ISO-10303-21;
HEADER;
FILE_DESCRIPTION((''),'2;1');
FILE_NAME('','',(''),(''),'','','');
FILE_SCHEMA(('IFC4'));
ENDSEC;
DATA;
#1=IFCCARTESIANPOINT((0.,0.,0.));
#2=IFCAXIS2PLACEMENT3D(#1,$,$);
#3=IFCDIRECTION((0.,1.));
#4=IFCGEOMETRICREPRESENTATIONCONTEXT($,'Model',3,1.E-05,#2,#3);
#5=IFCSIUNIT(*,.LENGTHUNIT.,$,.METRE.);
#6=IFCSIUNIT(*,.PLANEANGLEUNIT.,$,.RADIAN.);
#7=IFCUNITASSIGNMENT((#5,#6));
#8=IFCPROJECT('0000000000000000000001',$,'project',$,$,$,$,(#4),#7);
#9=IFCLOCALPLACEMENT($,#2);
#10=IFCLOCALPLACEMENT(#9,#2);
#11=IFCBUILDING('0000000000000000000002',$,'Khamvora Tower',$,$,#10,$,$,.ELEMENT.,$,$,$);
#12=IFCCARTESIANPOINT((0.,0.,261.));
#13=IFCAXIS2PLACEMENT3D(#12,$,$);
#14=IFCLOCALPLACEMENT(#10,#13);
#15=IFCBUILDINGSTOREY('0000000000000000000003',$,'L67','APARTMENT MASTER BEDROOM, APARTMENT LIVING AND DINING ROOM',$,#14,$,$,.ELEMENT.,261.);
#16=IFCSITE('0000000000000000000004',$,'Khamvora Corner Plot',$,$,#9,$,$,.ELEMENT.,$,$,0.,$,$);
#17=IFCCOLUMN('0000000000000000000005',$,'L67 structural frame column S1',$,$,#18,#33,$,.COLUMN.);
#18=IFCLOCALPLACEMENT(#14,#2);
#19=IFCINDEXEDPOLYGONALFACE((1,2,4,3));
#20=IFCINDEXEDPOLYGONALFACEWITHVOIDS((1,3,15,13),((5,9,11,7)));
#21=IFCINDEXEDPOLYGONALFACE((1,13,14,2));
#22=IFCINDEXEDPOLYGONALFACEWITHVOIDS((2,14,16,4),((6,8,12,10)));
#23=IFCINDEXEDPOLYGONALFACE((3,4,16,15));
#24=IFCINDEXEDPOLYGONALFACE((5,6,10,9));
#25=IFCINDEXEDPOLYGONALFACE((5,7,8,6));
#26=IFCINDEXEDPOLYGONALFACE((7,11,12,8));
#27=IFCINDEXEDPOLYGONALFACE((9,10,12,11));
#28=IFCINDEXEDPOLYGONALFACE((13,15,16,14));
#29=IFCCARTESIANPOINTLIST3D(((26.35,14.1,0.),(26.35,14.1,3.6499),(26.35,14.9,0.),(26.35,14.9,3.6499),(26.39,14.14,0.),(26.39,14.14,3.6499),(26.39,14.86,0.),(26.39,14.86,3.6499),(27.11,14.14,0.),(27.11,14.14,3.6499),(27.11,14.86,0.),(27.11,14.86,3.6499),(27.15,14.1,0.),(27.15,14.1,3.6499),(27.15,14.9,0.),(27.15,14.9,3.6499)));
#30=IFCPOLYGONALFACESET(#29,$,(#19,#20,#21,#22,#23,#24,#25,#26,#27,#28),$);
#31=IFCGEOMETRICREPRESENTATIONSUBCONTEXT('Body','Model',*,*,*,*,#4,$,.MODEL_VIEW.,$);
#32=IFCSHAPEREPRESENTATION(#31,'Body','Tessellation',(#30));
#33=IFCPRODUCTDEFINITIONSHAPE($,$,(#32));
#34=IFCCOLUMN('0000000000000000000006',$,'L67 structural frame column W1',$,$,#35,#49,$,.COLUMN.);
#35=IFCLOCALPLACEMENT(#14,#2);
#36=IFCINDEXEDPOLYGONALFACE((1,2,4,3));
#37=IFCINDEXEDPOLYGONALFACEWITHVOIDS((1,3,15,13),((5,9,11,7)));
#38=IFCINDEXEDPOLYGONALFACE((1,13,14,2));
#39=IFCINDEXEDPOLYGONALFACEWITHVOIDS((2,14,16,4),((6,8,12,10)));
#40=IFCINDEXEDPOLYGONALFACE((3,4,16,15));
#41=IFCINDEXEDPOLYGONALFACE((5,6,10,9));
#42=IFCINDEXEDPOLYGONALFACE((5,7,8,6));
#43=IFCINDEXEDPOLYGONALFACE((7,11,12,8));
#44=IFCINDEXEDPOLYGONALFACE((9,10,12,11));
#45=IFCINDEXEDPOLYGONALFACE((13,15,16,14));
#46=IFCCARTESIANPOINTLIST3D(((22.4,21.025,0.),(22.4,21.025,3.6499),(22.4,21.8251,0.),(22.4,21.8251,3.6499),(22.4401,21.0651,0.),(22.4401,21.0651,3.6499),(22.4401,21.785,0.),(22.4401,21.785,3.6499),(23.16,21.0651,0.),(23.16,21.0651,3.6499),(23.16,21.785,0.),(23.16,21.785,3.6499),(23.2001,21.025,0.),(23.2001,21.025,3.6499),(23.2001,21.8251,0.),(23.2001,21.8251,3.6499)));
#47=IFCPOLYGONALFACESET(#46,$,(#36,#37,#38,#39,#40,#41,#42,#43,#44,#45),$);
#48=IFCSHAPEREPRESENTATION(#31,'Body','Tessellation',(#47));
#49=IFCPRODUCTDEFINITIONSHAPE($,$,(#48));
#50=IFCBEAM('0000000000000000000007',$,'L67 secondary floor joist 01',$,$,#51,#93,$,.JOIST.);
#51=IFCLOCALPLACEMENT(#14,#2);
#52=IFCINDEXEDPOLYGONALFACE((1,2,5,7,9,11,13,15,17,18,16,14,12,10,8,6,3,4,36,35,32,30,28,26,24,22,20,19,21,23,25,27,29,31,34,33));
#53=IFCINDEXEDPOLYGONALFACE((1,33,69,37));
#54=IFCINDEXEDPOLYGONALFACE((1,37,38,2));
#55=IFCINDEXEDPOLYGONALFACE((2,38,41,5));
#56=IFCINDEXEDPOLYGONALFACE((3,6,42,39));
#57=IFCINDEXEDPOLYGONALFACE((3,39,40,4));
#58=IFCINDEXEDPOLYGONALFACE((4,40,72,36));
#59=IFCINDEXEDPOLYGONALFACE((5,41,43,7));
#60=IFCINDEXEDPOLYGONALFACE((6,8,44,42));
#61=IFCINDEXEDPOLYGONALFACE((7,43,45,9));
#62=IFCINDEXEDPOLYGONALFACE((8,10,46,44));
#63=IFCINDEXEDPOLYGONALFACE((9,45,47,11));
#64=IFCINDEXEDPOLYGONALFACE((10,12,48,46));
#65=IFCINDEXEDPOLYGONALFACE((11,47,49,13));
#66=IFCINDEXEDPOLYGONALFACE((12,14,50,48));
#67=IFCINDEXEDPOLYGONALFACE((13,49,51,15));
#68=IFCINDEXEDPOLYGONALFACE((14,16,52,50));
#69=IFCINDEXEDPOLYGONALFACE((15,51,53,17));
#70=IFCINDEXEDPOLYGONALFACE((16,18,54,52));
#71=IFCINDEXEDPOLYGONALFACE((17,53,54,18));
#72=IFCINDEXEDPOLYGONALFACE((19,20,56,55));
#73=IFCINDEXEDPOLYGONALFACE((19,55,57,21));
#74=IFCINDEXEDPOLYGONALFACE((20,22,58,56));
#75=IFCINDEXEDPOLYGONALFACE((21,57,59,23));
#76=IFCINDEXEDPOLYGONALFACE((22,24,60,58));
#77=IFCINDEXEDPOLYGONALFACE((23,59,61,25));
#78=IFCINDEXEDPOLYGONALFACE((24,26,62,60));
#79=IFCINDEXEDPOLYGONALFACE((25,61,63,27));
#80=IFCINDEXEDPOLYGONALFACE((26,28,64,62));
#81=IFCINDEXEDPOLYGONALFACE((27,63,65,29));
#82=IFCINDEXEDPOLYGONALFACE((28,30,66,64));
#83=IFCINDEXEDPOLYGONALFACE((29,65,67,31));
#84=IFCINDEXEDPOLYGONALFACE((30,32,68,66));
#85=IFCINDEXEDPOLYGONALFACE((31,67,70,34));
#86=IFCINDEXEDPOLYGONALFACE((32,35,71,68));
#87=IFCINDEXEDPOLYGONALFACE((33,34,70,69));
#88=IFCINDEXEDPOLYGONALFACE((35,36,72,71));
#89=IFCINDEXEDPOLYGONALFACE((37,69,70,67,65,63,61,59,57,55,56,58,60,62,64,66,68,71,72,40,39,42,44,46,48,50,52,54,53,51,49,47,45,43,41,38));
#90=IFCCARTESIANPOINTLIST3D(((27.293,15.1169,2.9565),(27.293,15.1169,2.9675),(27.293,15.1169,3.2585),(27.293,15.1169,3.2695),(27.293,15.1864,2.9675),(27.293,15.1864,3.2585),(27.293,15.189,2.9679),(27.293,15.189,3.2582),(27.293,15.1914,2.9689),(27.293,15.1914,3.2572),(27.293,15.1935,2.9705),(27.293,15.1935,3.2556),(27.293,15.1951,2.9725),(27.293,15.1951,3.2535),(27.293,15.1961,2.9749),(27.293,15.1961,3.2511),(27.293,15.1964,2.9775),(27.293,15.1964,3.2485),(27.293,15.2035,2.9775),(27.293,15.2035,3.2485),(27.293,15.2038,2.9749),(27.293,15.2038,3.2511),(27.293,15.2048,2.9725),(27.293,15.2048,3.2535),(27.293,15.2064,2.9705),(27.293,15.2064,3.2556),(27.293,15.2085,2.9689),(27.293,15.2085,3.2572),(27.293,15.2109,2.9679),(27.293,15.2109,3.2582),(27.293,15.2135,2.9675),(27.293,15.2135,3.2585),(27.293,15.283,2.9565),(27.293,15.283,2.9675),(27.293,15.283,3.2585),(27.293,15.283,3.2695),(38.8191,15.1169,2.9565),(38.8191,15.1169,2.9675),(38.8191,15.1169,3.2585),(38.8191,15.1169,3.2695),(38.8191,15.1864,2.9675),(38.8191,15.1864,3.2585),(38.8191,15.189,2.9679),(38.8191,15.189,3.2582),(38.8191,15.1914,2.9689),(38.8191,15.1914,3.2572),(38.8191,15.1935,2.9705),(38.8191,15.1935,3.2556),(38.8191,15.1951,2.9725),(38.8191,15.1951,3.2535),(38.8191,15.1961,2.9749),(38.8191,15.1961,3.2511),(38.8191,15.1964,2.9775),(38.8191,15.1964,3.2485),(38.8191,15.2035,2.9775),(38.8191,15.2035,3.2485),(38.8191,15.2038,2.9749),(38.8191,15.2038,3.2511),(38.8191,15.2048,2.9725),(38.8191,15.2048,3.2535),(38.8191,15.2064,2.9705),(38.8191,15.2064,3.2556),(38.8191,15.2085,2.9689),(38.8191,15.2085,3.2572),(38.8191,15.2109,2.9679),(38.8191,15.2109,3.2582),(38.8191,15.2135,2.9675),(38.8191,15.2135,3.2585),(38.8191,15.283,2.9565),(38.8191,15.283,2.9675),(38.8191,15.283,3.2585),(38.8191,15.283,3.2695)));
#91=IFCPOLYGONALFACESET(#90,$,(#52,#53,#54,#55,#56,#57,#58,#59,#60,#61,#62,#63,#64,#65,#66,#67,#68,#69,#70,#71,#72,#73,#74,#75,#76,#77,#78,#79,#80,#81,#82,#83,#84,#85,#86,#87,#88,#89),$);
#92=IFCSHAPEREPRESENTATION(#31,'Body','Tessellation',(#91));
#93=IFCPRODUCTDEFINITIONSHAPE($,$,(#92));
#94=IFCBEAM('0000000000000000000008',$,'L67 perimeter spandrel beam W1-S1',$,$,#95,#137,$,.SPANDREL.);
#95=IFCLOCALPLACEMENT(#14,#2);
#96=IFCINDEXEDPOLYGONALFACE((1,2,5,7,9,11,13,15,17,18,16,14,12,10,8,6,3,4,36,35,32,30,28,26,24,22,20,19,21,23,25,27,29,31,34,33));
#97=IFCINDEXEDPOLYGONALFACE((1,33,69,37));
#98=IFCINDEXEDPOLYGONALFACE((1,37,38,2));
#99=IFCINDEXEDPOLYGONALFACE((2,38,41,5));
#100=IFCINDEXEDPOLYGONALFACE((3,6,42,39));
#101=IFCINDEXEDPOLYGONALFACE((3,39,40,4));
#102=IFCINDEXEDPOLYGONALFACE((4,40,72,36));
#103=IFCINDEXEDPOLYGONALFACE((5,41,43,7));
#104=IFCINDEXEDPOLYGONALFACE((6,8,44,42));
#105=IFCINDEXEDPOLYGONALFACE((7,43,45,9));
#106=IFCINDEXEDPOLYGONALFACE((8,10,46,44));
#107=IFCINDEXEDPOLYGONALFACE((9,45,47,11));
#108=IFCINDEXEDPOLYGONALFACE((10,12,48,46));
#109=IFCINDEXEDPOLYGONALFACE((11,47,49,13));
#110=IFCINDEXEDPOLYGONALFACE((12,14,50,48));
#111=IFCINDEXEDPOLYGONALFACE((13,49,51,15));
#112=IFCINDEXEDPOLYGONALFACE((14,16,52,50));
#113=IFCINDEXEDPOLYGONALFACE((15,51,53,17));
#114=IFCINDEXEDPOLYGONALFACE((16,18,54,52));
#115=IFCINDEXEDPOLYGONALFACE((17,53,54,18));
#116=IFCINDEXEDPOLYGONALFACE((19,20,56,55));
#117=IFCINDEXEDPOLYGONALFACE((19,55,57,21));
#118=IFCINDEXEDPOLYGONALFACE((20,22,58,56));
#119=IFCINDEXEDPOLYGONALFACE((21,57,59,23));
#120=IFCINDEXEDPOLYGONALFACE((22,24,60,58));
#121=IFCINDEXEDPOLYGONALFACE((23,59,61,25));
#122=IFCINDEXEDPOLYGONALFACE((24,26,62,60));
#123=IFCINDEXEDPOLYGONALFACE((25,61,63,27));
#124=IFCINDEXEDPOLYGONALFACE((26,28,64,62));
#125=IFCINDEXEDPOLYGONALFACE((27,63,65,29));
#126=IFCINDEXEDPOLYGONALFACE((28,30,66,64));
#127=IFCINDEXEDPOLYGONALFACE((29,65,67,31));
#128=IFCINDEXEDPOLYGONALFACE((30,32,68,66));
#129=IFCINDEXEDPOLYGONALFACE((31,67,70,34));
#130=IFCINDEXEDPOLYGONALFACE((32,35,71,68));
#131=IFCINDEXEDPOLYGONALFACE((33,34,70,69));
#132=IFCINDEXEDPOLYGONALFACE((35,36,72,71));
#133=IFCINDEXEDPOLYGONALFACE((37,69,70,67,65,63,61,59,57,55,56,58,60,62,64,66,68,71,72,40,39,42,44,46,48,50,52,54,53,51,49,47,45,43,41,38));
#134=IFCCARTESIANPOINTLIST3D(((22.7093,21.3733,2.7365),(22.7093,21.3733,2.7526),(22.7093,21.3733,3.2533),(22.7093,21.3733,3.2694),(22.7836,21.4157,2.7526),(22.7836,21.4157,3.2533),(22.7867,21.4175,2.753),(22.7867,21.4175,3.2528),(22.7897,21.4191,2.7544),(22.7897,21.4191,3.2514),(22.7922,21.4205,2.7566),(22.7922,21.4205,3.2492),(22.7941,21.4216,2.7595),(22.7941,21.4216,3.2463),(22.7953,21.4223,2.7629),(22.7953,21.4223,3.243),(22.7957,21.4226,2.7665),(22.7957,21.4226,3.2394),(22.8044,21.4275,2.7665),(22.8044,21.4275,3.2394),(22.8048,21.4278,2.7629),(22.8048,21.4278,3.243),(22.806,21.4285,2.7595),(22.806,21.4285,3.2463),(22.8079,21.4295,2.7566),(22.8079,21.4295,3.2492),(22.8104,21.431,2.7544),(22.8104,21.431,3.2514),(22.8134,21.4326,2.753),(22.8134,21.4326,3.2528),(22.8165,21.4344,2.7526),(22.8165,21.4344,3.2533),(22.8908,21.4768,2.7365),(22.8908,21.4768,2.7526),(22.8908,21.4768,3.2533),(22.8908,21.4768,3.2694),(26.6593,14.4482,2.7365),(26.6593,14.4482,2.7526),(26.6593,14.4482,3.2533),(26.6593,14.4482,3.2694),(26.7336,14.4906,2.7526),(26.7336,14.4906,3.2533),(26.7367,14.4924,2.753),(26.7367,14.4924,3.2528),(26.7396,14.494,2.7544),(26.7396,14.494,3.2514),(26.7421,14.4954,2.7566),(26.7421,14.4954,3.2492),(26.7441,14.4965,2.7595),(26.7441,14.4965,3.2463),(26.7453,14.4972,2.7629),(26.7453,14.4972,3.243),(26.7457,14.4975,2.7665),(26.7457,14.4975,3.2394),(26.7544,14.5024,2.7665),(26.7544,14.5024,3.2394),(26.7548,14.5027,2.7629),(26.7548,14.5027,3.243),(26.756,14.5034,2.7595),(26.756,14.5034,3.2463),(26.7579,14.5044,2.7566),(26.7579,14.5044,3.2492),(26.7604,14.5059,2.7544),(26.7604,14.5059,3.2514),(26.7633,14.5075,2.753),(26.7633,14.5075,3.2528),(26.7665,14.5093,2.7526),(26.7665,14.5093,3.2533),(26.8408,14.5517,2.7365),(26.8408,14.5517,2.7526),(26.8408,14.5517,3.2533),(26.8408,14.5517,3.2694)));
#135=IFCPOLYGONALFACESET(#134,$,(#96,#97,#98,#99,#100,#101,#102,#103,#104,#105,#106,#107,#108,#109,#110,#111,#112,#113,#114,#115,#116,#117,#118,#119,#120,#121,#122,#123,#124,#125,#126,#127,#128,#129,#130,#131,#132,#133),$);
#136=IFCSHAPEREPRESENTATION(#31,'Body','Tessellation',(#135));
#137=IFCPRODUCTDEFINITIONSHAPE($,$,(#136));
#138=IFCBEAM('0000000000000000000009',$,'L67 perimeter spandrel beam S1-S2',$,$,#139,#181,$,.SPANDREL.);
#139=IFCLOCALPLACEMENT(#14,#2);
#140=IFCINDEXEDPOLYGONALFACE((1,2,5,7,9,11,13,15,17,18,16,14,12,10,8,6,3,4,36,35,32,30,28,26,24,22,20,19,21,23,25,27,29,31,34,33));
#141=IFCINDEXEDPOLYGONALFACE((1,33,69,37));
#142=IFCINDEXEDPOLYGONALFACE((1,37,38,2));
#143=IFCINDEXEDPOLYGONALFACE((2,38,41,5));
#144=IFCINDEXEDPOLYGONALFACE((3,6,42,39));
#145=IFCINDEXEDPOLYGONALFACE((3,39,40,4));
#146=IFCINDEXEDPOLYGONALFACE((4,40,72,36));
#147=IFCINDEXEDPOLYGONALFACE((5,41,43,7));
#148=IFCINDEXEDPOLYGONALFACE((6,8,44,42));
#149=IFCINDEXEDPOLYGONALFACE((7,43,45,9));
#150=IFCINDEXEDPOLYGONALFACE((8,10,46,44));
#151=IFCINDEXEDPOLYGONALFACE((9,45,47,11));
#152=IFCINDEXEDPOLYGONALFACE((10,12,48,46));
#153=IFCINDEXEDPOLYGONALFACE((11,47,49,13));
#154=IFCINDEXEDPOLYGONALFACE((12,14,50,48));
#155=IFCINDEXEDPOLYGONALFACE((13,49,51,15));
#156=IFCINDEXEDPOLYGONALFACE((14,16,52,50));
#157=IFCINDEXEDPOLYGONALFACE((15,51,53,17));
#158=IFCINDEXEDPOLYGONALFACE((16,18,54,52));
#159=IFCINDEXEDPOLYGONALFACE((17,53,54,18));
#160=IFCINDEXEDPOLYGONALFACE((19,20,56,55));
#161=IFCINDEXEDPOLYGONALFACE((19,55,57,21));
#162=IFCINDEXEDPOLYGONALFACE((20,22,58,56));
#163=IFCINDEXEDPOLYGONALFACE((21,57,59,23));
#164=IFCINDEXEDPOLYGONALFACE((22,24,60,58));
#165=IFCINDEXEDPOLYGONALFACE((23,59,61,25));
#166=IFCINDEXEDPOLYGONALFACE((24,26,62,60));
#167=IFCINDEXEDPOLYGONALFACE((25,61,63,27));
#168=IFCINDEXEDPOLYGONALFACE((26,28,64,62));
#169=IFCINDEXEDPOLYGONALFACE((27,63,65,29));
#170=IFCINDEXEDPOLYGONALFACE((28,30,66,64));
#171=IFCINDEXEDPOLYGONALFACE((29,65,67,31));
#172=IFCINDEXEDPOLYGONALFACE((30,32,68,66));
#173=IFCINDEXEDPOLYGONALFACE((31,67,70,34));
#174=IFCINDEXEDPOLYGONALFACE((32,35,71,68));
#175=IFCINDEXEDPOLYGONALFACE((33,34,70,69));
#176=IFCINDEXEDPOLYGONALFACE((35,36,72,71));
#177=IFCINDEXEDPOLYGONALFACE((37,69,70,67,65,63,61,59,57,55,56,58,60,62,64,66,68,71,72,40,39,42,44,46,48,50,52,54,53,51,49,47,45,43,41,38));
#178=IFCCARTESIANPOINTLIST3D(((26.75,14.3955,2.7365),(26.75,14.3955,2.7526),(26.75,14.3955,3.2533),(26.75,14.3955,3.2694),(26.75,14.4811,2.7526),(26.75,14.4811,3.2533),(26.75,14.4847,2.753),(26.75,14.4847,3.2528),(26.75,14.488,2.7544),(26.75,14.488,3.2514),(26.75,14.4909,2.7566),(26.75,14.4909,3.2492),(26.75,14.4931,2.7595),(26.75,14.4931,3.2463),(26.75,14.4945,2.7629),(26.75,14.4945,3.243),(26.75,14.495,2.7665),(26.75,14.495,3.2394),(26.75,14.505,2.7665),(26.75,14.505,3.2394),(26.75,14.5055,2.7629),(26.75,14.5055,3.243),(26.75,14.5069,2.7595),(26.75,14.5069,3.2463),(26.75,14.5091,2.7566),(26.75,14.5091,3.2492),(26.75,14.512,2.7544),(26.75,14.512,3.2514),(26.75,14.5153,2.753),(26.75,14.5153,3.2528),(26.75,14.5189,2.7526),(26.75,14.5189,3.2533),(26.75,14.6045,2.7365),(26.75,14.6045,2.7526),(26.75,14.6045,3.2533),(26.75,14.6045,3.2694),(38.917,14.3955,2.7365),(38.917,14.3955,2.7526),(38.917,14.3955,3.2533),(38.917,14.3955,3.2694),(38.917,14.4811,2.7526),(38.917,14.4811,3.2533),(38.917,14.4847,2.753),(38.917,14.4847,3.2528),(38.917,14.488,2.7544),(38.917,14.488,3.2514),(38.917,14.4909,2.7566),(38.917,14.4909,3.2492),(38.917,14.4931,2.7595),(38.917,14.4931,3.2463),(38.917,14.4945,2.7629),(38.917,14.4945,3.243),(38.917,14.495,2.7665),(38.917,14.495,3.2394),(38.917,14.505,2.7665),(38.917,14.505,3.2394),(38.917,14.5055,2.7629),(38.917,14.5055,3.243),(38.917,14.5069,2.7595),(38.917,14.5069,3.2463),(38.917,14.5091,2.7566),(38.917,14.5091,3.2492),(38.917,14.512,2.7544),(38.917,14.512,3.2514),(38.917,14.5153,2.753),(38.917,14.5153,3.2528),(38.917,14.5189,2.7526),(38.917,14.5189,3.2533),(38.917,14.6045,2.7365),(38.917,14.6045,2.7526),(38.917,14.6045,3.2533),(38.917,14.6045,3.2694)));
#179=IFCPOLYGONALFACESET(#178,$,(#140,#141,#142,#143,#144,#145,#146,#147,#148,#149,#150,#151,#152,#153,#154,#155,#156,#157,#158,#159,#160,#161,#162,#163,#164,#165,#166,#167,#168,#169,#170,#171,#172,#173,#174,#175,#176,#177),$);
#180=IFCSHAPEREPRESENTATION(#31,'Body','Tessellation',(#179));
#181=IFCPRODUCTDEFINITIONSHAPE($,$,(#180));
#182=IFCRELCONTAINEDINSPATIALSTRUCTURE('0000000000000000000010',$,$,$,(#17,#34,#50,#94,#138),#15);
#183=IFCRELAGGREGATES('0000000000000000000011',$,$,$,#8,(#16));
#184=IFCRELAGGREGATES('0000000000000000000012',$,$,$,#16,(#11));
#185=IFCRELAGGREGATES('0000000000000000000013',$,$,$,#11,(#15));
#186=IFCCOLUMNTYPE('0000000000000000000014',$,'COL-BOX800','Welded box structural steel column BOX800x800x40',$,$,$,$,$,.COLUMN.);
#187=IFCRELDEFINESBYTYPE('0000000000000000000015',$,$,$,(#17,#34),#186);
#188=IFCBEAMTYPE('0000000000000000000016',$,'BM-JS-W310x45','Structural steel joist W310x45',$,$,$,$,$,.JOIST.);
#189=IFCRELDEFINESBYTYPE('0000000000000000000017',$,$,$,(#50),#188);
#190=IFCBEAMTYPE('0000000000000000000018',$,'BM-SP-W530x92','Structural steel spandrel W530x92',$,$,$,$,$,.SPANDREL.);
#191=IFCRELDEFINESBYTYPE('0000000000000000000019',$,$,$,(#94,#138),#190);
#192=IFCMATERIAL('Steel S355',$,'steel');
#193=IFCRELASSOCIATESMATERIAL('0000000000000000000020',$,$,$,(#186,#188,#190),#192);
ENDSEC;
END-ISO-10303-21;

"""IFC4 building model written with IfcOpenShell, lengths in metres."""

from ifc_helpers import new_model, si_unit, direction, frame, origin, origin_2d, place, context, subcontext, project, spatial, hollow_rectangle, i_section, extrude, material, material_profile, profile_set, type_object, element, save


model = new_model("IFC4")

# Units and contexts
model_context = context("Model", 3, precision=1e-05, world=origin(), true_north=direction((0.0, 1.0)))
body_context = subcontext(model_context, "Body", "Model", "MODEL_VIEW")
ifc_project = project(units=[si_unit("LENGTHUNIT", "METRE"), si_unit("PLANEANGLEUNIT", "RADIAN")], contexts=[model_context])

# Site, building, storey
site_placement = place(None, origin())
site = spatial("IfcSite", under=ifc_project, at=site_placement, Name="Khamvora Corner Plot", CompositionType="ELEMENT", RefElevation=0.0)
building_placement = place(site_placement, origin())
building = spatial("IfcBuilding", under=site, at=building_placement, Name="Khamvora Tower", CompositionType="ELEMENT")
storey_placement = place(building_placement, frame((0.0, 0.0, 261.0)))
storey = spatial("IfcBuildingStorey", under=building, at=storey_placement, Name="L67", Description="APARTMENT MASTER BEDROOM, APARTMENT LIVING AND DINING ROOM", CompositionType="ELEMENT", Elevation=261.0)

# Columns
ifc_material_1 = material(Name="Steel S355", Category="steel")
ifc_material_profile_1 = material_profile(ifc_material_1, hollow_rectangle(XDim=0.8, YDim=0.8, WallThickness=0.04, at=origin_2d()), Name="BOX800x800x40")
ifc_profile_set_1 = profile_set([ifc_material_profile_1], Name="Steel S355")
column_type = type_object("IfcColumnType", Name="COL-BOX800", Description="Welded box structural steel column BOX800x800x40", PredefinedType="COLUMN", material=ifc_profile_set_1)
for number, where, z_axis, x_axis, name in (
    (1, (26.75, 14.5, 0.0), (0.0, 0.0, 1.0), (1.0, 0.0, 0.0), "L67 structural frame column S1"),
    (2, (22.8, 21.425, 0.0), (0.0, 0.0, 1.0), (1.0, 0.0, 0.0), "L67 structural frame column W1"),
):
    element("IfcColumn", number, at=place(storey_placement, frame(where, z_axis=z_axis, x_axis=x_axis)), inside=storey, type_object=column_type, Name=name, PredefinedType="COLUMN", context=body_context, shape_type="SweptSolid", body=[
        extrude(hollow_rectangle(XDim=0.8, YDim=0.8, WallThickness=0.04, at=origin_2d()), origin(), (0.0, 0.0, 1.0), 3.6499),
    ])

# Beams
ifc_material_profile_2 = material_profile(ifc_material_1, i_section(OverallWidth=0.166, OverallDepth=0.313, WebThickness=0.0071, FlangeThickness=0.011, FilletRadius=0.01, at=origin_2d()), Name="W310x45")
ifc_profile_set_2 = profile_set([ifc_material_profile_2], Name="Steel S355")
beam_type_1 = type_object("IfcBeamType", Name="BM-JS-W310x45", Description="Structural steel joist W310x45", PredefinedType="JOIST", material=ifc_profile_set_2)
beam_1_placement = place(storey_placement, frame((27.293, 15.2, 3.113), z_axis=(1.0, 0.0, 0.0), x_axis=(0.0, 1.0, 0.0)))
element("IfcBeam", 3, at=beam_1_placement, inside=storey, type_object=beam_type_1, Name="L67 secondary floor joist 01", PredefinedType="JOIST", context=body_context, shape_type="SweptSolid", body=[
    extrude(i_section(OverallWidth=0.166, OverallDepth=0.313, WebThickness=0.0071, FlangeThickness=0.011, FilletRadius=0.01, at=origin_2d()), origin(), (0.0, 0.0, 1.0), 11.5261),
])
ifc_material_profile_3 = material_profile(ifc_material_1, i_section(OverallWidth=0.209, OverallDepth=0.533, WebThickness=0.01, FlangeThickness=0.0161, FilletRadius=0.0139, at=origin_2d()), Name="W530x92")
ifc_profile_set_3 = profile_set([ifc_material_profile_3], Name="Steel S355")
beam_type_2 = type_object("IfcBeamType", Name="BM-SP-W530x92", Description="Structural steel spandrel W530x92", PredefinedType="SPANDREL", material=ifc_profile_set_3)
beam_2_placement = place(storey_placement, frame((22.8, 21.425, 3.0029), z_axis=(0.495456, -0.868633, 0.0), x_axis=(0.868633, 0.495456, 0.0)))
element("IfcBeam", 4, at=beam_2_placement, inside=storey, type_object=beam_type_2, Name="L67 perimeter spandrel beam W1-S1", PredefinedType="SPANDREL", context=body_context, shape_type="SweptSolid", body=[
    extrude(i_section(OverallWidth=0.209, OverallDepth=0.533, WebThickness=0.01, FlangeThickness=0.0161, FilletRadius=0.0139, at=origin_2d()), origin(), (0.0, 0.0, 1.0), 7.9724),
])
beam_3_placement = place(storey_placement, frame((26.75, 14.5, 3.0029), z_axis=(1.0, 0.0, 0.0), x_axis=(0.0, 1.0, 0.0)))
element("IfcBeam", 5, at=beam_3_placement, inside=storey, type_object=beam_type_2, Name="L67 perimeter spandrel beam S1-S2", PredefinedType="SPANDREL", context=body_context, shape_type="SweptSolid", body=[
    extrude(i_section(OverallWidth=0.209, OverallDepth=0.533, WebThickness=0.01, FlangeThickness=0.0161, FilletRadius=0.0139, at=origin_2d()), origin(), (0.0, 0.0, 1.0), 12.167),
])

save(model, "model.ifc")
